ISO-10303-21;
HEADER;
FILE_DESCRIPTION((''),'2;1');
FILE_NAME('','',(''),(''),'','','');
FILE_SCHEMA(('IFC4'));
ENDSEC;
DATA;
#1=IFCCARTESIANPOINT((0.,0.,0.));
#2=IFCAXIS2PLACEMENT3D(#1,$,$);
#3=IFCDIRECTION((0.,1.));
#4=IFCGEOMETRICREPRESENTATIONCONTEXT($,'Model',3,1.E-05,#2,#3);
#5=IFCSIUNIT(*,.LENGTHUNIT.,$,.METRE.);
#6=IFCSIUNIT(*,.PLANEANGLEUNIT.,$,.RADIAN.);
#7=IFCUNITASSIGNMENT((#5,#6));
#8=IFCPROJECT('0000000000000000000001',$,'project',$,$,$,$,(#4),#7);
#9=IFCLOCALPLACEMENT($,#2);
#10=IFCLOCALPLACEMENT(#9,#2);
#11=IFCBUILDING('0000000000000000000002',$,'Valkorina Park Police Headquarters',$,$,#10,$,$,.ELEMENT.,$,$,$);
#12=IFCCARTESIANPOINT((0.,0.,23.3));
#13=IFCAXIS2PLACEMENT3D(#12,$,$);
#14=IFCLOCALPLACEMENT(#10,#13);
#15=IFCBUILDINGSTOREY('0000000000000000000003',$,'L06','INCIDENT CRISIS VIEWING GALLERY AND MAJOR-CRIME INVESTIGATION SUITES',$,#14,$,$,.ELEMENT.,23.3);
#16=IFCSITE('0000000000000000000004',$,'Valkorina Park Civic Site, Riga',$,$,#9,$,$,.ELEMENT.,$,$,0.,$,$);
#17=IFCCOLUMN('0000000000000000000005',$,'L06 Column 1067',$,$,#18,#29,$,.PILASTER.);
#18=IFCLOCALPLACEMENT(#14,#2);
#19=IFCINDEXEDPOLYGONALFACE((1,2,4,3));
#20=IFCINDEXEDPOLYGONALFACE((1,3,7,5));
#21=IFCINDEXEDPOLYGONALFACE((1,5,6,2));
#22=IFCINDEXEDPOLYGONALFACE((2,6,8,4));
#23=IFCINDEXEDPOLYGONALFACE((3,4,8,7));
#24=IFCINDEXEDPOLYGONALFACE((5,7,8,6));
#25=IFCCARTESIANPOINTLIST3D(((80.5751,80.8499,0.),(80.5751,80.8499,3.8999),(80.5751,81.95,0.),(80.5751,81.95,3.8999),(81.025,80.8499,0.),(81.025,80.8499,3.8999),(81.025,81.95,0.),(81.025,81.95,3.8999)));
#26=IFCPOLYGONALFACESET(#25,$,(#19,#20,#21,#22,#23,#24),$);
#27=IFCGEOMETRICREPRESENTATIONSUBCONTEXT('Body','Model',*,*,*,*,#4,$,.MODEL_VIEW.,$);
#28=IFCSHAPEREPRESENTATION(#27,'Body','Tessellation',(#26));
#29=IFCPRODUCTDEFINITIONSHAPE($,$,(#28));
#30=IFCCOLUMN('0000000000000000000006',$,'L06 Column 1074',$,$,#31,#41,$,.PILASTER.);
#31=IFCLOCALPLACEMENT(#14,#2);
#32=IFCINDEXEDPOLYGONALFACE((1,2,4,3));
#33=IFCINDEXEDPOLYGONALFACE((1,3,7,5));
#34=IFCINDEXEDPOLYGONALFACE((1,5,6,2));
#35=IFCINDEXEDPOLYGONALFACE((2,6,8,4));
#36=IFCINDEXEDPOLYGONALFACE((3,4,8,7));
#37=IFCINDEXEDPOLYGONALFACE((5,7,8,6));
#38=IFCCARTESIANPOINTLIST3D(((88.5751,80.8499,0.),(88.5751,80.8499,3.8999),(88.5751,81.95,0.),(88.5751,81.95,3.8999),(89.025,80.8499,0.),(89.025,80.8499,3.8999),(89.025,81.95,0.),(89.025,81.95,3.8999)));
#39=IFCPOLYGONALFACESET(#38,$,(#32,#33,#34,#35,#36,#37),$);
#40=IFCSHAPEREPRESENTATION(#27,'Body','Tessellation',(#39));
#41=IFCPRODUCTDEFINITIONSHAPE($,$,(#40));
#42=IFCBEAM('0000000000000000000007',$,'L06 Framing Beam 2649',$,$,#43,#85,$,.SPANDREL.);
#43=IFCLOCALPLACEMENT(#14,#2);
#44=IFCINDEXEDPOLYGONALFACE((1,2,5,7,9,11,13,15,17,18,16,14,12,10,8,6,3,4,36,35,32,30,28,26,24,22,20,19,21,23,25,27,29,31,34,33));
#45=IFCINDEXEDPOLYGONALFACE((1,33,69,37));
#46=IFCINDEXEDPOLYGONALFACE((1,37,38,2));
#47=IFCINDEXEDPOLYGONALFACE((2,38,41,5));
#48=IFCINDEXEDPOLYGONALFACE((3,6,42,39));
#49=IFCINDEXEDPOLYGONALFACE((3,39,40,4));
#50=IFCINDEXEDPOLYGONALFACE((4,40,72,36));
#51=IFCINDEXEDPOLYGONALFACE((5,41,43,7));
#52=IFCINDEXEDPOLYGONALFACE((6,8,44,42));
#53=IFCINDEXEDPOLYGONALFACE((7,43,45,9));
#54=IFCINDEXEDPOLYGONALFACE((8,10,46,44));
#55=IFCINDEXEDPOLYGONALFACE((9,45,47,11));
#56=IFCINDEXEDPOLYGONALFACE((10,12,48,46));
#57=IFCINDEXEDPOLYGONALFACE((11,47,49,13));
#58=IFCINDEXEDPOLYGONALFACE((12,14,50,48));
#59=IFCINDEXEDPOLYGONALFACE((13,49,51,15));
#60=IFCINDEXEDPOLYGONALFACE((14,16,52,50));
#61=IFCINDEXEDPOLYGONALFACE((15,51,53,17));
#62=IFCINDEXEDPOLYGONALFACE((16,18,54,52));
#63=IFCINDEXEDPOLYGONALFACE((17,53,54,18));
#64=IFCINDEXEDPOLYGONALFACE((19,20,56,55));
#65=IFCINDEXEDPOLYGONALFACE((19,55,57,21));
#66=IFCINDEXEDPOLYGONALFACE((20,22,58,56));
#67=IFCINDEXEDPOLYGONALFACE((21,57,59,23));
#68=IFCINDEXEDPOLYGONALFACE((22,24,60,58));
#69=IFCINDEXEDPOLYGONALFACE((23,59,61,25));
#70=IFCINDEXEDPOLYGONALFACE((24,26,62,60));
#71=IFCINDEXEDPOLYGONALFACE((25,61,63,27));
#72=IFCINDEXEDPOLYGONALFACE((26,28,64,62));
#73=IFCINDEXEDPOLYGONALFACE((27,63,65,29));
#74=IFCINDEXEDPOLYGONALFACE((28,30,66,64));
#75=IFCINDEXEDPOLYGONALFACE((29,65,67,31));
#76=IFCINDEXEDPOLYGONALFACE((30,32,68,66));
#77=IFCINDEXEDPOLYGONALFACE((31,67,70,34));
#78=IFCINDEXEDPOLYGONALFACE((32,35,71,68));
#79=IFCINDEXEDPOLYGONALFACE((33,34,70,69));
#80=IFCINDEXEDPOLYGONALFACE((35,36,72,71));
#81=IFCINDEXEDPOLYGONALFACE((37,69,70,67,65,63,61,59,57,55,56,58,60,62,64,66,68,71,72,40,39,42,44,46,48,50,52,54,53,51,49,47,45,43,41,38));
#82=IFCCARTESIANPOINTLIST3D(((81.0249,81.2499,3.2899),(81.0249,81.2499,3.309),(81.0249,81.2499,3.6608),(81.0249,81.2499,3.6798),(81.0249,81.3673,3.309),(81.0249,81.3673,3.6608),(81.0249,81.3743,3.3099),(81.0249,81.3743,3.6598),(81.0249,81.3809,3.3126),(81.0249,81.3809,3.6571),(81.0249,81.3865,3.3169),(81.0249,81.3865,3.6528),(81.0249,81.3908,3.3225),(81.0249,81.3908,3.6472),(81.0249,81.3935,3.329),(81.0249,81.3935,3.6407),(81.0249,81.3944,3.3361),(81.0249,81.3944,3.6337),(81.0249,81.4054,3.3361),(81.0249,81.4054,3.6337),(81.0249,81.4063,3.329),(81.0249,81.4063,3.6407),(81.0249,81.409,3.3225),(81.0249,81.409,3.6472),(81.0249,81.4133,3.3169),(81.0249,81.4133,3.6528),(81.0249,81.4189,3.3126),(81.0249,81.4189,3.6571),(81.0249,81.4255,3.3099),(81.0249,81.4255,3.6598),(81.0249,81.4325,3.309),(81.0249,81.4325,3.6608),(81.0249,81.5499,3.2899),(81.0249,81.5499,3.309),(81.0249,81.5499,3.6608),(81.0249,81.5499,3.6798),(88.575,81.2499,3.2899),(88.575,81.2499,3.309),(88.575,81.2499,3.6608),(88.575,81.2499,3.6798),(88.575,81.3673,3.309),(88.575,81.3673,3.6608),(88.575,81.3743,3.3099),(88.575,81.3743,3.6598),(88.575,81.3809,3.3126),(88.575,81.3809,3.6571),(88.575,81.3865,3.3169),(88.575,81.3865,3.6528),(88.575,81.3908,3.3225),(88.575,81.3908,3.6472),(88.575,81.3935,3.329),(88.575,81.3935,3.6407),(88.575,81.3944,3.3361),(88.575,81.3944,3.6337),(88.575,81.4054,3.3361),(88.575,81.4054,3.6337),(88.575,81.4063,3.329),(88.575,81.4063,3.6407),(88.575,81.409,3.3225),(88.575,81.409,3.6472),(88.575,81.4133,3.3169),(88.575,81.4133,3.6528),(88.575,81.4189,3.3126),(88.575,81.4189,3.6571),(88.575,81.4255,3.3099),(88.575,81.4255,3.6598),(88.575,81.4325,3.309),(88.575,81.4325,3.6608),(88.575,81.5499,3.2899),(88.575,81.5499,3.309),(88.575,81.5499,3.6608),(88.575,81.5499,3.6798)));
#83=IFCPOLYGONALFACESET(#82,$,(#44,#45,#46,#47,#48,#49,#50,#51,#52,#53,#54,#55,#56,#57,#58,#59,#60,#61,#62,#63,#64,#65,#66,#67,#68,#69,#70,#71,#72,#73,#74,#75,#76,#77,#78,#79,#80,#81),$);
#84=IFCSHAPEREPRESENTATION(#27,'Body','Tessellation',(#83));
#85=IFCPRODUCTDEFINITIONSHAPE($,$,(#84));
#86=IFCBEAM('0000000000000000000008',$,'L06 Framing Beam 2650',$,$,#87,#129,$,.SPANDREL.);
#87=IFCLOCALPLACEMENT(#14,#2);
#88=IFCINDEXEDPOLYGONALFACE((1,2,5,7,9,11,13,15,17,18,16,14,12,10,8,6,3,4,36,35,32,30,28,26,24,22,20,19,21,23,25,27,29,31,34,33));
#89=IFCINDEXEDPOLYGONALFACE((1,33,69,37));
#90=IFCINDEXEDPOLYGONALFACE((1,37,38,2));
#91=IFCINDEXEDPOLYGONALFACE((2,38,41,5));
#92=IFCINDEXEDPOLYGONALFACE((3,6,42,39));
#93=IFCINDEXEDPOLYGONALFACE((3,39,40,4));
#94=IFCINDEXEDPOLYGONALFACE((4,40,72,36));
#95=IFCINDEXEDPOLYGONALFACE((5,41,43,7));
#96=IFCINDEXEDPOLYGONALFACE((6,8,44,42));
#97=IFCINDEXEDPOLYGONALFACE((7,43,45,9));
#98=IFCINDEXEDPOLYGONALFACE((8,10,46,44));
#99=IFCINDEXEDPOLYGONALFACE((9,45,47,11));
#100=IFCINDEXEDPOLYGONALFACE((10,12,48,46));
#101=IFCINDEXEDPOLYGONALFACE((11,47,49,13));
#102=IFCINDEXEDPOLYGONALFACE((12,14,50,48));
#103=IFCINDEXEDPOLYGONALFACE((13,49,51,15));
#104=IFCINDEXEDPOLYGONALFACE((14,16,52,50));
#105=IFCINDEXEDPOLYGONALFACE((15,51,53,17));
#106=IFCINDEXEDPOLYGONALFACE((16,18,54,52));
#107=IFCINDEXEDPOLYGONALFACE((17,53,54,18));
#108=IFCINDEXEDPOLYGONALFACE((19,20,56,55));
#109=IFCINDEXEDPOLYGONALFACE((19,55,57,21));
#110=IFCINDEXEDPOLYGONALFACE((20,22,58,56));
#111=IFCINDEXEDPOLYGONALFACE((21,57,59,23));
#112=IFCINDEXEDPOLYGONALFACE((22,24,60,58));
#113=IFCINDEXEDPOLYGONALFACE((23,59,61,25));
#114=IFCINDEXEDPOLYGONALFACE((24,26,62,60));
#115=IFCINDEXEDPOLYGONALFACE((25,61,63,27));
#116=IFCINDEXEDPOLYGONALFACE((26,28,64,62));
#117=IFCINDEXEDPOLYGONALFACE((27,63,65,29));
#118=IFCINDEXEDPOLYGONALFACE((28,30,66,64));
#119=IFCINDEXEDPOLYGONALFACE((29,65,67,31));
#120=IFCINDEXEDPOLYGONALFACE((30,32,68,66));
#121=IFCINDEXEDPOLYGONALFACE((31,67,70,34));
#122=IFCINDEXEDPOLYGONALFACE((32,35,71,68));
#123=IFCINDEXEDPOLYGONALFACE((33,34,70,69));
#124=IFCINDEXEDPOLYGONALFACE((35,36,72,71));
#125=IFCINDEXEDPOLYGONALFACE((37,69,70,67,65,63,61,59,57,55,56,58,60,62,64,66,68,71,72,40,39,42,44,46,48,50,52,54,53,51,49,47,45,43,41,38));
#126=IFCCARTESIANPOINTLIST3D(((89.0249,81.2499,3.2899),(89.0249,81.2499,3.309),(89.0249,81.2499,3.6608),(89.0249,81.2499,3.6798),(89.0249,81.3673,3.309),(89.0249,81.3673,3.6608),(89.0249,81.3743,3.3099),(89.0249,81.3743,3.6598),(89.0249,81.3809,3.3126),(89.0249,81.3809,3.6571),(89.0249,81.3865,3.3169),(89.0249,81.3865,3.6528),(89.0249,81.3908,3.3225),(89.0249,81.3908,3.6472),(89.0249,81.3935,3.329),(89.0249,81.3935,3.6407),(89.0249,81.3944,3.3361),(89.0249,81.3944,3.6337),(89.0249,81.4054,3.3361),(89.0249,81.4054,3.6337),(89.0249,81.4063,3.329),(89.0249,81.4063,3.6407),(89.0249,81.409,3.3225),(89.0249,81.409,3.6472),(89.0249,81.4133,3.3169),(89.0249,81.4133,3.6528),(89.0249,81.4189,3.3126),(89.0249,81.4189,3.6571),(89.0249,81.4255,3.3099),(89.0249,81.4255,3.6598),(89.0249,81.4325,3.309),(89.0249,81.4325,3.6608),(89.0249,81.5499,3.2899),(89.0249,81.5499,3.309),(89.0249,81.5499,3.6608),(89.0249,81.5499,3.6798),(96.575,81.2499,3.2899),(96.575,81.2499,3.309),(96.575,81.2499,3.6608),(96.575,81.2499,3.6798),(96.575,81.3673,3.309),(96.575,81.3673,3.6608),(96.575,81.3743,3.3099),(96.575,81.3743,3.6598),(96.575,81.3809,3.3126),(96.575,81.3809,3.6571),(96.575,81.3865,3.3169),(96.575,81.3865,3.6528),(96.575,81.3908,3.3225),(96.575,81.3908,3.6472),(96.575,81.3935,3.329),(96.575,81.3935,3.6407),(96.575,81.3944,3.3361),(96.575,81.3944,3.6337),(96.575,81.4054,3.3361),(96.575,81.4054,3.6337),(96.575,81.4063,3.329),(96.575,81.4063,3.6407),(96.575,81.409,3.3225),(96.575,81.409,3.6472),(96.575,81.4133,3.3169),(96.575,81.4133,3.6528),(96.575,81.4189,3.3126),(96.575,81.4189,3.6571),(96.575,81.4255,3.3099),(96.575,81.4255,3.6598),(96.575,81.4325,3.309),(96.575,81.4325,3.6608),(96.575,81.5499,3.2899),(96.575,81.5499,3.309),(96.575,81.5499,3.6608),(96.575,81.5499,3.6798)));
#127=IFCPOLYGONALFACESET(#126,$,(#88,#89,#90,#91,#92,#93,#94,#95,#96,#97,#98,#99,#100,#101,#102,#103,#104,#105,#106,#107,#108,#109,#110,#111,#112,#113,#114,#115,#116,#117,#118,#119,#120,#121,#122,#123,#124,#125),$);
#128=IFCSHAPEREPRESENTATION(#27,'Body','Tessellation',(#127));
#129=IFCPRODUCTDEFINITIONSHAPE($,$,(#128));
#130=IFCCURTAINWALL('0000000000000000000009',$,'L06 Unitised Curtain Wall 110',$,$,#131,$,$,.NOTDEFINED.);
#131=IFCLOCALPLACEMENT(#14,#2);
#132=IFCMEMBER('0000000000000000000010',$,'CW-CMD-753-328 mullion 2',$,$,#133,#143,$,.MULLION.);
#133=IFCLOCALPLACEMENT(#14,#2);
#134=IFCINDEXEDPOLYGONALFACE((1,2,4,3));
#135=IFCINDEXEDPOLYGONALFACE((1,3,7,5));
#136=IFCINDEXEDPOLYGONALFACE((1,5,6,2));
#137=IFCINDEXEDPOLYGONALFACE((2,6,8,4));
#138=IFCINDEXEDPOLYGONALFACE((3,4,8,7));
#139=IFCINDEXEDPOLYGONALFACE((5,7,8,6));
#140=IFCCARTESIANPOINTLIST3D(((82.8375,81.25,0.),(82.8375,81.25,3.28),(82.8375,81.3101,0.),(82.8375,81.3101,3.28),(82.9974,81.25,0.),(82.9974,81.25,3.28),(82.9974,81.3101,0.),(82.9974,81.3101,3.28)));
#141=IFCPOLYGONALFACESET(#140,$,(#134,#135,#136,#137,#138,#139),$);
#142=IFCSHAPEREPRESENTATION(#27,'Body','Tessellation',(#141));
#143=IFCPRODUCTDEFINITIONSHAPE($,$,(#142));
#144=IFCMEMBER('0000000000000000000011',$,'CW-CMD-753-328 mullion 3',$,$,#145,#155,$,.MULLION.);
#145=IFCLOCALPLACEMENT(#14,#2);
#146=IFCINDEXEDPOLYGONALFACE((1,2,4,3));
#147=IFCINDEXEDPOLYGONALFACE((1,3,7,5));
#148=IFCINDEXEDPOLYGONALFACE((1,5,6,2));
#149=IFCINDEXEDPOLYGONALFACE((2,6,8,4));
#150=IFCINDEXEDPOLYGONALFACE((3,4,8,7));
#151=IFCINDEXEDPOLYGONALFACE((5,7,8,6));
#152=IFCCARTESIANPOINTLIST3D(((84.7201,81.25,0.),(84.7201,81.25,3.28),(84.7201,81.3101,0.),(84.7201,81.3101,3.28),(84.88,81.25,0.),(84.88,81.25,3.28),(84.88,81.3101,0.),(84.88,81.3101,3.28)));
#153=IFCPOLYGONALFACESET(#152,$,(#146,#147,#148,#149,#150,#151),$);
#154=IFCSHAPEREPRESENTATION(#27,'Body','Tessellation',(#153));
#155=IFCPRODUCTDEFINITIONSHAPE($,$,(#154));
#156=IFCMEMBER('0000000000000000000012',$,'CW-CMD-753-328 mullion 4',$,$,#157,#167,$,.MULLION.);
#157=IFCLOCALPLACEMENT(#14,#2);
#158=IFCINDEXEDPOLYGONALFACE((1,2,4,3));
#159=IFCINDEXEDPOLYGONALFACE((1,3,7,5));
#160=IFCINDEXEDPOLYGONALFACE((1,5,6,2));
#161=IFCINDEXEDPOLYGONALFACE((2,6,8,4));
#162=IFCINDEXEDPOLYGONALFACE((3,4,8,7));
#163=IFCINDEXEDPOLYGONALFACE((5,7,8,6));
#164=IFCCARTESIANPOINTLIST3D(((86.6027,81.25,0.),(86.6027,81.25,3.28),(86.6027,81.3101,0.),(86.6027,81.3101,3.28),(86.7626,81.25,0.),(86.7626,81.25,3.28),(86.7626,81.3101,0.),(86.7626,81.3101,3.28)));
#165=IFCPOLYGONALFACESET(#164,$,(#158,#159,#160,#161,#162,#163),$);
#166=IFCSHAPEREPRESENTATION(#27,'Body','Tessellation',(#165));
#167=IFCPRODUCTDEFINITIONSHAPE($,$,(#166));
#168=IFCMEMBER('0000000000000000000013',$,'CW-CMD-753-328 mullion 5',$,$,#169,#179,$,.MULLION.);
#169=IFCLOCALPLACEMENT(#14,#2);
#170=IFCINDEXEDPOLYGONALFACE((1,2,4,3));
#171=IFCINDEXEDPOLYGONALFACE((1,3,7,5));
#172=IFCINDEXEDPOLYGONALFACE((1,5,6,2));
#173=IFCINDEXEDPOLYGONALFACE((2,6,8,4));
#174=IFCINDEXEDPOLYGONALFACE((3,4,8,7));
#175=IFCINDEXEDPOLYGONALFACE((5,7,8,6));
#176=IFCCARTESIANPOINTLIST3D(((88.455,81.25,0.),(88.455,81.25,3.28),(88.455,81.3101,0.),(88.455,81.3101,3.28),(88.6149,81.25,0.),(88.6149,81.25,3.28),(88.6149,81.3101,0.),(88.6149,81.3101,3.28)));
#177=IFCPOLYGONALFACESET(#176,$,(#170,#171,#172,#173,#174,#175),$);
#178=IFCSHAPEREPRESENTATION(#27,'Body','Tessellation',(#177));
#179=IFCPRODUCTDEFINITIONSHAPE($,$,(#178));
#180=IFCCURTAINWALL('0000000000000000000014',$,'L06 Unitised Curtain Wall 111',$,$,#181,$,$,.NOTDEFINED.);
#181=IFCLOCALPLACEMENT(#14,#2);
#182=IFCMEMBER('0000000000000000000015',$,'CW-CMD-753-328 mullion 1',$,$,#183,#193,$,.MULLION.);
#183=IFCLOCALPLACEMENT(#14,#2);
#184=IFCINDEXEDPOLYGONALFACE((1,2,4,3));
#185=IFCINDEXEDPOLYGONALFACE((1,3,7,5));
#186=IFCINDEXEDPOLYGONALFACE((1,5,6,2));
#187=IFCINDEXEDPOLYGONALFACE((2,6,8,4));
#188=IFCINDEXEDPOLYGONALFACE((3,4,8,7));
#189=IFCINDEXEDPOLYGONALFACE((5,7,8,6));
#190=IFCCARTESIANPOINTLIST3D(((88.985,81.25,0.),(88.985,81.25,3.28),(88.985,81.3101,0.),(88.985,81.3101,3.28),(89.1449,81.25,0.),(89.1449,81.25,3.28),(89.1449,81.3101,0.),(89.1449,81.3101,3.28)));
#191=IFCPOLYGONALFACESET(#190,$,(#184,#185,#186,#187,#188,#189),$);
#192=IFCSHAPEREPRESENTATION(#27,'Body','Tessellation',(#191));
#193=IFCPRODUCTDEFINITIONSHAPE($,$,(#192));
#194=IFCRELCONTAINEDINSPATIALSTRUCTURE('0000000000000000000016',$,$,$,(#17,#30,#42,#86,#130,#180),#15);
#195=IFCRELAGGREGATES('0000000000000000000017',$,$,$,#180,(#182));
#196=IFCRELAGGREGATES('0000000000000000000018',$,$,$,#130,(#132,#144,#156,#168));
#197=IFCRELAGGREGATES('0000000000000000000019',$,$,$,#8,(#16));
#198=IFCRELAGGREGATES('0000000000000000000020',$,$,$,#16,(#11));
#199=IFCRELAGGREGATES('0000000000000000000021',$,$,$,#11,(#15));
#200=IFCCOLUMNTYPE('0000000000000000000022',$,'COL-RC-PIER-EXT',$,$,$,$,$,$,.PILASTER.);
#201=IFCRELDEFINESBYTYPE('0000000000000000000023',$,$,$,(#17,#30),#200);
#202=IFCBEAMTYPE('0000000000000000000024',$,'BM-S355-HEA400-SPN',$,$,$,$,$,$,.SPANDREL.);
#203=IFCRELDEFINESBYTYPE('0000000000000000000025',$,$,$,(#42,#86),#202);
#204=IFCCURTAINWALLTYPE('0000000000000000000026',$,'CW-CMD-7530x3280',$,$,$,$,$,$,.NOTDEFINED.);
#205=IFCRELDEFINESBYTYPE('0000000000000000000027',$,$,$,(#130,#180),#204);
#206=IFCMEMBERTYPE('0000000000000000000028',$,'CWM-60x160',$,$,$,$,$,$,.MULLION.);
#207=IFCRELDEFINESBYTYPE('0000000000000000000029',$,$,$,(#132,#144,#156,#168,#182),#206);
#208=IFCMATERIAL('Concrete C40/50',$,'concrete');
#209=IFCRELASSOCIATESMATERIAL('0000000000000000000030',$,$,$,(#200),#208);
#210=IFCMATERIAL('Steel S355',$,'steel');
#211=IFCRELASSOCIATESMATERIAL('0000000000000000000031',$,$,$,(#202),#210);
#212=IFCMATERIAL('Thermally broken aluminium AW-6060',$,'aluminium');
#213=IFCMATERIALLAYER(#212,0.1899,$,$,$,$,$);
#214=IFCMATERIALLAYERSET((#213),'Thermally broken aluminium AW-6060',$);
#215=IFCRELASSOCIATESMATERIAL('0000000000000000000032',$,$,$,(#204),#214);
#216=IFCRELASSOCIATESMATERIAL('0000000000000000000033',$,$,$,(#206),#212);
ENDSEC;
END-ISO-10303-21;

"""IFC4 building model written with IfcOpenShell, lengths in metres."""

from ifc_helpers import new_model, si_unit, direction, frame, origin, origin_2d, place, context, subcontext, project, spatial, rectangle, i_section, extrude, material, layer, layer_set, material_profile, profile_set, type_object, element, aggregate, save


model = new_model("IFC4")

# Units and contexts
model_context = context("Model", 3, precision=1e-05, world=origin(), true_north=direction((0.0, 1.0)))
body_context = subcontext(model_context, "Body", "Model", "MODEL_VIEW")
ifc_project = project(units=[si_unit("LENGTHUNIT", "METRE"), si_unit("PLANEANGLEUNIT", "RADIAN")], contexts=[model_context])

# Site, building, storey
site_placement = place(None, origin())
site = spatial("IfcSite", under=ifc_project, at=site_placement, Name="Valkorina Park Civic Site, Riga", CompositionType="ELEMENT", RefElevation=0.0)
building_placement = place(site_placement, origin())
building = spatial("IfcBuilding", under=site, at=building_placement, Name="Valkorina Park Police Headquarters", CompositionType="ELEMENT")
storey_placement = place(building_placement, frame((0.0, 0.0, 23.3)))
storey = spatial("IfcBuildingStorey", under=building, at=storey_placement, Name="L06", Description="INCIDENT CRISIS VIEWING GALLERY AND MAJOR-CRIME INVESTIGATION SUITES", CompositionType="ELEMENT", Elevation=23.3)

# Columns
ifc_material_1 = material(Name="Concrete C40/50", Category="concrete")
ifc_material_profile_1 = material_profile(ifc_material_1, rectangle(XDim=0.45, YDim=1.1001, at=origin_2d()), Name="RC PIER 450x1100")
ifc_profile_set_1 = profile_set([ifc_material_profile_1], Name="Concrete C40/50")
column_type = type_object("IfcColumnType", Name="COL-RC-PIER-EXT", PredefinedType="PILASTER", material=ifc_profile_set_1)
for number, where, z_axis, x_axis, name in (
    (1, (80.8, 81.3999, 0.0), (0.0, 0.0, 1.0), (1.0, 0.0, 0.0), "L06 Column 1067"),
    (2, (88.8, 81.3999, 0.0), (0.0, 0.0, 1.0), (1.0, 0.0, 0.0), "L06 Column 1074"),
):
    element("IfcColumn", number, at=place(storey_placement, frame(where, z_axis=z_axis, x_axis=x_axis)), inside=storey, type_object=column_type, Name=name, PredefinedType="PILASTER", context=body_context, shape_type="SweptSolid", body=[
        extrude(rectangle(XDim=0.45, YDim=1.1001, at=origin_2d()), origin(), (0.0, 0.0, 1.0), 3.8999),
    ])

# Beams
ifc_material_2 = material(Name="Steel S355", Category="steel")
ifc_material_profile_2 = material_profile(ifc_material_2, i_section(OverallWidth=0.3, OverallDepth=0.3899, WebThickness=0.011, FlangeThickness=0.019, FilletRadius=0.0271, at=origin_2d()), Name="HEA 400")
ifc_profile_set_2 = profile_set([ifc_material_profile_2], Name="Steel S355")
beam_type = type_object("IfcBeamType", Name="BM-S355-HEA400-SPN", PredefinedType="SPANDREL", material=ifc_profile_set_2)
for number, where, z_axis, x_axis, name in (
    (3, (81.0249, 81.3999, 3.4849), (1.0, 0.0, 0.0), (0.0, 1.0, 0.0), "L06 Framing Beam 2649"),
    (4, (89.0249, 81.3999, 3.4849), (1.0, 0.0, 0.0), (0.0, 1.0, 0.0), "L06 Framing Beam 2650"),
):
    element("IfcBeam", number, at=place(storey_placement, frame(where, z_axis=z_axis, x_axis=x_axis)), inside=storey, type_object=beam_type, Name=name, PredefinedType="SPANDREL", context=body_context, shape_type="SweptSolid", body=[
        extrude(i_section(OverallWidth=0.3, OverallDepth=0.3899, WebThickness=0.011, FlangeThickness=0.019, FilletRadius=0.0271, at=origin_2d()), origin(), (0.0, 0.0, 1.0), 7.55),
    ])

# Curtain wall, members
ifc_material_3 = material(Name="Thermally broken aluminium AW-6060", Category="aluminium")
ifc_layer_1 = layer(ifc_material_3, 0.1899)
ifc_layer_set_1 = layer_set([ifc_layer_1], Name="Thermally broken aluminium AW-6060")
curtain_wall_type = type_object("IfcCurtainWallType", Name="CW-CMD-7530x3280", PredefinedType="NOTDEFINED", material=ifc_layer_set_1)
curtain_wall_1_placement = place(storey_placement, origin())
curtain_wall_1 = element("IfcCurtainWall", 5, at=curtain_wall_1_placement, inside=storey, type_object=curtain_wall_type, Name="L06 Unitised Curtain Wall 110", PredefinedType="NOTDEFINED")
ifc_material_profile_3 = material_profile(ifc_material_3, rectangle(XDim=0.0601, YDim=0.1599, at=origin_2d()), Name="CWM-01 60x160")
ifc_profile_set_3 = profile_set([ifc_material_profile_3], Name="Thermally broken aluminium AW-6060")
member_type_1 = type_object("IfcMemberType", Name="CWM-60x160", PredefinedType="MULLION", material=ifc_profile_set_3)
member_1_placement = place(storey_placement, frame((82.9175, 81.28, 0.0), z_axis=(0.0, 0.0, 1.0), x_axis=(0.0, 1.0, 0.0)))
member_1 = element("IfcMember", 6, at=member_1_placement, type_object=member_type_1, Name="CW-CMD-753-328 mullion 2", PredefinedType="MULLION", context=body_context, shape_type="SweptSolid", body=[
    extrude(rectangle(XDim=0.0601, YDim=0.1599, at=origin_2d()), origin(), (0.0, 0.0, 1.0), 3.28),
])
member_2_placement = place(storey_placement, frame((84.8, 81.28, 0.0), z_axis=(0.0, 0.0, 1.0), x_axis=(0.0, 1.0, 0.0)))
member_2 = element("IfcMember", 7, at=member_2_placement, type_object=member_type_1, Name="CW-CMD-753-328 mullion 3", PredefinedType="MULLION", context=body_context, shape_type="SweptSolid", body=[
    extrude(rectangle(XDim=0.0601, YDim=0.1599, at=origin_2d()), origin(), (0.0, 0.0, 1.0), 3.28),
])
member_3_placement = place(storey_placement, frame((86.6826, 81.28, 0.0), z_axis=(0.0, 0.0, 1.0), x_axis=(0.0, 1.0, 0.0)))
member_3 = element("IfcMember", 8, at=member_3_placement, type_object=member_type_1, Name="CW-CMD-753-328 mullion 4", PredefinedType="MULLION", context=body_context, shape_type="SweptSolid", body=[
    extrude(rectangle(XDim=0.0601, YDim=0.1599, at=origin_2d()), origin(), (0.0, 0.0, 1.0), 3.28),
])
member_4_placement = place(storey_placement, frame((88.5349, 81.28, 0.0), z_axis=(0.0, 0.0, 1.0), x_axis=(0.0, 1.0, 0.0)))
member_4 = element("IfcMember", 9, at=member_4_placement, type_object=member_type_1, Name="CW-CMD-753-328 mullion 5", PredefinedType="MULLION", context=body_context, shape_type="SweptSolid", body=[
    extrude(rectangle(XDim=0.0601, YDim=0.1599, at=origin_2d()), origin(), (0.0, 0.0, 1.0), 3.28),
])

# Curtain wall, member
curtain_wall_2_placement = place(storey_placement, origin())
curtain_wall_2 = element("IfcCurtainWall", 10, at=curtain_wall_2_placement, inside=storey, type_object=curtain_wall_type, Name="L06 Unitised Curtain Wall 111", PredefinedType="NOTDEFINED")
member_5_placement = place(storey_placement, frame((89.0649, 81.28, 0.0), z_axis=(0.0, 0.0, 1.0), x_axis=(0.0, 1.0, 0.0)))
member_5 = element("IfcMember", 11, at=member_5_placement, type_object=member_type_1, Name="CW-CMD-753-328 mullion 1", PredefinedType="MULLION", context=body_context, shape_type="SweptSolid", body=[
    extrude(rectangle(XDim=0.0601, YDim=0.1599, at=origin_2d()), origin(), (0.0, 0.0, 1.0), 3.28),
])

aggregate(curtain_wall_2, [member_5])

aggregate(curtain_wall_1, [member_1, member_2, member_3, member_4])

save(model, "model.ifc")
